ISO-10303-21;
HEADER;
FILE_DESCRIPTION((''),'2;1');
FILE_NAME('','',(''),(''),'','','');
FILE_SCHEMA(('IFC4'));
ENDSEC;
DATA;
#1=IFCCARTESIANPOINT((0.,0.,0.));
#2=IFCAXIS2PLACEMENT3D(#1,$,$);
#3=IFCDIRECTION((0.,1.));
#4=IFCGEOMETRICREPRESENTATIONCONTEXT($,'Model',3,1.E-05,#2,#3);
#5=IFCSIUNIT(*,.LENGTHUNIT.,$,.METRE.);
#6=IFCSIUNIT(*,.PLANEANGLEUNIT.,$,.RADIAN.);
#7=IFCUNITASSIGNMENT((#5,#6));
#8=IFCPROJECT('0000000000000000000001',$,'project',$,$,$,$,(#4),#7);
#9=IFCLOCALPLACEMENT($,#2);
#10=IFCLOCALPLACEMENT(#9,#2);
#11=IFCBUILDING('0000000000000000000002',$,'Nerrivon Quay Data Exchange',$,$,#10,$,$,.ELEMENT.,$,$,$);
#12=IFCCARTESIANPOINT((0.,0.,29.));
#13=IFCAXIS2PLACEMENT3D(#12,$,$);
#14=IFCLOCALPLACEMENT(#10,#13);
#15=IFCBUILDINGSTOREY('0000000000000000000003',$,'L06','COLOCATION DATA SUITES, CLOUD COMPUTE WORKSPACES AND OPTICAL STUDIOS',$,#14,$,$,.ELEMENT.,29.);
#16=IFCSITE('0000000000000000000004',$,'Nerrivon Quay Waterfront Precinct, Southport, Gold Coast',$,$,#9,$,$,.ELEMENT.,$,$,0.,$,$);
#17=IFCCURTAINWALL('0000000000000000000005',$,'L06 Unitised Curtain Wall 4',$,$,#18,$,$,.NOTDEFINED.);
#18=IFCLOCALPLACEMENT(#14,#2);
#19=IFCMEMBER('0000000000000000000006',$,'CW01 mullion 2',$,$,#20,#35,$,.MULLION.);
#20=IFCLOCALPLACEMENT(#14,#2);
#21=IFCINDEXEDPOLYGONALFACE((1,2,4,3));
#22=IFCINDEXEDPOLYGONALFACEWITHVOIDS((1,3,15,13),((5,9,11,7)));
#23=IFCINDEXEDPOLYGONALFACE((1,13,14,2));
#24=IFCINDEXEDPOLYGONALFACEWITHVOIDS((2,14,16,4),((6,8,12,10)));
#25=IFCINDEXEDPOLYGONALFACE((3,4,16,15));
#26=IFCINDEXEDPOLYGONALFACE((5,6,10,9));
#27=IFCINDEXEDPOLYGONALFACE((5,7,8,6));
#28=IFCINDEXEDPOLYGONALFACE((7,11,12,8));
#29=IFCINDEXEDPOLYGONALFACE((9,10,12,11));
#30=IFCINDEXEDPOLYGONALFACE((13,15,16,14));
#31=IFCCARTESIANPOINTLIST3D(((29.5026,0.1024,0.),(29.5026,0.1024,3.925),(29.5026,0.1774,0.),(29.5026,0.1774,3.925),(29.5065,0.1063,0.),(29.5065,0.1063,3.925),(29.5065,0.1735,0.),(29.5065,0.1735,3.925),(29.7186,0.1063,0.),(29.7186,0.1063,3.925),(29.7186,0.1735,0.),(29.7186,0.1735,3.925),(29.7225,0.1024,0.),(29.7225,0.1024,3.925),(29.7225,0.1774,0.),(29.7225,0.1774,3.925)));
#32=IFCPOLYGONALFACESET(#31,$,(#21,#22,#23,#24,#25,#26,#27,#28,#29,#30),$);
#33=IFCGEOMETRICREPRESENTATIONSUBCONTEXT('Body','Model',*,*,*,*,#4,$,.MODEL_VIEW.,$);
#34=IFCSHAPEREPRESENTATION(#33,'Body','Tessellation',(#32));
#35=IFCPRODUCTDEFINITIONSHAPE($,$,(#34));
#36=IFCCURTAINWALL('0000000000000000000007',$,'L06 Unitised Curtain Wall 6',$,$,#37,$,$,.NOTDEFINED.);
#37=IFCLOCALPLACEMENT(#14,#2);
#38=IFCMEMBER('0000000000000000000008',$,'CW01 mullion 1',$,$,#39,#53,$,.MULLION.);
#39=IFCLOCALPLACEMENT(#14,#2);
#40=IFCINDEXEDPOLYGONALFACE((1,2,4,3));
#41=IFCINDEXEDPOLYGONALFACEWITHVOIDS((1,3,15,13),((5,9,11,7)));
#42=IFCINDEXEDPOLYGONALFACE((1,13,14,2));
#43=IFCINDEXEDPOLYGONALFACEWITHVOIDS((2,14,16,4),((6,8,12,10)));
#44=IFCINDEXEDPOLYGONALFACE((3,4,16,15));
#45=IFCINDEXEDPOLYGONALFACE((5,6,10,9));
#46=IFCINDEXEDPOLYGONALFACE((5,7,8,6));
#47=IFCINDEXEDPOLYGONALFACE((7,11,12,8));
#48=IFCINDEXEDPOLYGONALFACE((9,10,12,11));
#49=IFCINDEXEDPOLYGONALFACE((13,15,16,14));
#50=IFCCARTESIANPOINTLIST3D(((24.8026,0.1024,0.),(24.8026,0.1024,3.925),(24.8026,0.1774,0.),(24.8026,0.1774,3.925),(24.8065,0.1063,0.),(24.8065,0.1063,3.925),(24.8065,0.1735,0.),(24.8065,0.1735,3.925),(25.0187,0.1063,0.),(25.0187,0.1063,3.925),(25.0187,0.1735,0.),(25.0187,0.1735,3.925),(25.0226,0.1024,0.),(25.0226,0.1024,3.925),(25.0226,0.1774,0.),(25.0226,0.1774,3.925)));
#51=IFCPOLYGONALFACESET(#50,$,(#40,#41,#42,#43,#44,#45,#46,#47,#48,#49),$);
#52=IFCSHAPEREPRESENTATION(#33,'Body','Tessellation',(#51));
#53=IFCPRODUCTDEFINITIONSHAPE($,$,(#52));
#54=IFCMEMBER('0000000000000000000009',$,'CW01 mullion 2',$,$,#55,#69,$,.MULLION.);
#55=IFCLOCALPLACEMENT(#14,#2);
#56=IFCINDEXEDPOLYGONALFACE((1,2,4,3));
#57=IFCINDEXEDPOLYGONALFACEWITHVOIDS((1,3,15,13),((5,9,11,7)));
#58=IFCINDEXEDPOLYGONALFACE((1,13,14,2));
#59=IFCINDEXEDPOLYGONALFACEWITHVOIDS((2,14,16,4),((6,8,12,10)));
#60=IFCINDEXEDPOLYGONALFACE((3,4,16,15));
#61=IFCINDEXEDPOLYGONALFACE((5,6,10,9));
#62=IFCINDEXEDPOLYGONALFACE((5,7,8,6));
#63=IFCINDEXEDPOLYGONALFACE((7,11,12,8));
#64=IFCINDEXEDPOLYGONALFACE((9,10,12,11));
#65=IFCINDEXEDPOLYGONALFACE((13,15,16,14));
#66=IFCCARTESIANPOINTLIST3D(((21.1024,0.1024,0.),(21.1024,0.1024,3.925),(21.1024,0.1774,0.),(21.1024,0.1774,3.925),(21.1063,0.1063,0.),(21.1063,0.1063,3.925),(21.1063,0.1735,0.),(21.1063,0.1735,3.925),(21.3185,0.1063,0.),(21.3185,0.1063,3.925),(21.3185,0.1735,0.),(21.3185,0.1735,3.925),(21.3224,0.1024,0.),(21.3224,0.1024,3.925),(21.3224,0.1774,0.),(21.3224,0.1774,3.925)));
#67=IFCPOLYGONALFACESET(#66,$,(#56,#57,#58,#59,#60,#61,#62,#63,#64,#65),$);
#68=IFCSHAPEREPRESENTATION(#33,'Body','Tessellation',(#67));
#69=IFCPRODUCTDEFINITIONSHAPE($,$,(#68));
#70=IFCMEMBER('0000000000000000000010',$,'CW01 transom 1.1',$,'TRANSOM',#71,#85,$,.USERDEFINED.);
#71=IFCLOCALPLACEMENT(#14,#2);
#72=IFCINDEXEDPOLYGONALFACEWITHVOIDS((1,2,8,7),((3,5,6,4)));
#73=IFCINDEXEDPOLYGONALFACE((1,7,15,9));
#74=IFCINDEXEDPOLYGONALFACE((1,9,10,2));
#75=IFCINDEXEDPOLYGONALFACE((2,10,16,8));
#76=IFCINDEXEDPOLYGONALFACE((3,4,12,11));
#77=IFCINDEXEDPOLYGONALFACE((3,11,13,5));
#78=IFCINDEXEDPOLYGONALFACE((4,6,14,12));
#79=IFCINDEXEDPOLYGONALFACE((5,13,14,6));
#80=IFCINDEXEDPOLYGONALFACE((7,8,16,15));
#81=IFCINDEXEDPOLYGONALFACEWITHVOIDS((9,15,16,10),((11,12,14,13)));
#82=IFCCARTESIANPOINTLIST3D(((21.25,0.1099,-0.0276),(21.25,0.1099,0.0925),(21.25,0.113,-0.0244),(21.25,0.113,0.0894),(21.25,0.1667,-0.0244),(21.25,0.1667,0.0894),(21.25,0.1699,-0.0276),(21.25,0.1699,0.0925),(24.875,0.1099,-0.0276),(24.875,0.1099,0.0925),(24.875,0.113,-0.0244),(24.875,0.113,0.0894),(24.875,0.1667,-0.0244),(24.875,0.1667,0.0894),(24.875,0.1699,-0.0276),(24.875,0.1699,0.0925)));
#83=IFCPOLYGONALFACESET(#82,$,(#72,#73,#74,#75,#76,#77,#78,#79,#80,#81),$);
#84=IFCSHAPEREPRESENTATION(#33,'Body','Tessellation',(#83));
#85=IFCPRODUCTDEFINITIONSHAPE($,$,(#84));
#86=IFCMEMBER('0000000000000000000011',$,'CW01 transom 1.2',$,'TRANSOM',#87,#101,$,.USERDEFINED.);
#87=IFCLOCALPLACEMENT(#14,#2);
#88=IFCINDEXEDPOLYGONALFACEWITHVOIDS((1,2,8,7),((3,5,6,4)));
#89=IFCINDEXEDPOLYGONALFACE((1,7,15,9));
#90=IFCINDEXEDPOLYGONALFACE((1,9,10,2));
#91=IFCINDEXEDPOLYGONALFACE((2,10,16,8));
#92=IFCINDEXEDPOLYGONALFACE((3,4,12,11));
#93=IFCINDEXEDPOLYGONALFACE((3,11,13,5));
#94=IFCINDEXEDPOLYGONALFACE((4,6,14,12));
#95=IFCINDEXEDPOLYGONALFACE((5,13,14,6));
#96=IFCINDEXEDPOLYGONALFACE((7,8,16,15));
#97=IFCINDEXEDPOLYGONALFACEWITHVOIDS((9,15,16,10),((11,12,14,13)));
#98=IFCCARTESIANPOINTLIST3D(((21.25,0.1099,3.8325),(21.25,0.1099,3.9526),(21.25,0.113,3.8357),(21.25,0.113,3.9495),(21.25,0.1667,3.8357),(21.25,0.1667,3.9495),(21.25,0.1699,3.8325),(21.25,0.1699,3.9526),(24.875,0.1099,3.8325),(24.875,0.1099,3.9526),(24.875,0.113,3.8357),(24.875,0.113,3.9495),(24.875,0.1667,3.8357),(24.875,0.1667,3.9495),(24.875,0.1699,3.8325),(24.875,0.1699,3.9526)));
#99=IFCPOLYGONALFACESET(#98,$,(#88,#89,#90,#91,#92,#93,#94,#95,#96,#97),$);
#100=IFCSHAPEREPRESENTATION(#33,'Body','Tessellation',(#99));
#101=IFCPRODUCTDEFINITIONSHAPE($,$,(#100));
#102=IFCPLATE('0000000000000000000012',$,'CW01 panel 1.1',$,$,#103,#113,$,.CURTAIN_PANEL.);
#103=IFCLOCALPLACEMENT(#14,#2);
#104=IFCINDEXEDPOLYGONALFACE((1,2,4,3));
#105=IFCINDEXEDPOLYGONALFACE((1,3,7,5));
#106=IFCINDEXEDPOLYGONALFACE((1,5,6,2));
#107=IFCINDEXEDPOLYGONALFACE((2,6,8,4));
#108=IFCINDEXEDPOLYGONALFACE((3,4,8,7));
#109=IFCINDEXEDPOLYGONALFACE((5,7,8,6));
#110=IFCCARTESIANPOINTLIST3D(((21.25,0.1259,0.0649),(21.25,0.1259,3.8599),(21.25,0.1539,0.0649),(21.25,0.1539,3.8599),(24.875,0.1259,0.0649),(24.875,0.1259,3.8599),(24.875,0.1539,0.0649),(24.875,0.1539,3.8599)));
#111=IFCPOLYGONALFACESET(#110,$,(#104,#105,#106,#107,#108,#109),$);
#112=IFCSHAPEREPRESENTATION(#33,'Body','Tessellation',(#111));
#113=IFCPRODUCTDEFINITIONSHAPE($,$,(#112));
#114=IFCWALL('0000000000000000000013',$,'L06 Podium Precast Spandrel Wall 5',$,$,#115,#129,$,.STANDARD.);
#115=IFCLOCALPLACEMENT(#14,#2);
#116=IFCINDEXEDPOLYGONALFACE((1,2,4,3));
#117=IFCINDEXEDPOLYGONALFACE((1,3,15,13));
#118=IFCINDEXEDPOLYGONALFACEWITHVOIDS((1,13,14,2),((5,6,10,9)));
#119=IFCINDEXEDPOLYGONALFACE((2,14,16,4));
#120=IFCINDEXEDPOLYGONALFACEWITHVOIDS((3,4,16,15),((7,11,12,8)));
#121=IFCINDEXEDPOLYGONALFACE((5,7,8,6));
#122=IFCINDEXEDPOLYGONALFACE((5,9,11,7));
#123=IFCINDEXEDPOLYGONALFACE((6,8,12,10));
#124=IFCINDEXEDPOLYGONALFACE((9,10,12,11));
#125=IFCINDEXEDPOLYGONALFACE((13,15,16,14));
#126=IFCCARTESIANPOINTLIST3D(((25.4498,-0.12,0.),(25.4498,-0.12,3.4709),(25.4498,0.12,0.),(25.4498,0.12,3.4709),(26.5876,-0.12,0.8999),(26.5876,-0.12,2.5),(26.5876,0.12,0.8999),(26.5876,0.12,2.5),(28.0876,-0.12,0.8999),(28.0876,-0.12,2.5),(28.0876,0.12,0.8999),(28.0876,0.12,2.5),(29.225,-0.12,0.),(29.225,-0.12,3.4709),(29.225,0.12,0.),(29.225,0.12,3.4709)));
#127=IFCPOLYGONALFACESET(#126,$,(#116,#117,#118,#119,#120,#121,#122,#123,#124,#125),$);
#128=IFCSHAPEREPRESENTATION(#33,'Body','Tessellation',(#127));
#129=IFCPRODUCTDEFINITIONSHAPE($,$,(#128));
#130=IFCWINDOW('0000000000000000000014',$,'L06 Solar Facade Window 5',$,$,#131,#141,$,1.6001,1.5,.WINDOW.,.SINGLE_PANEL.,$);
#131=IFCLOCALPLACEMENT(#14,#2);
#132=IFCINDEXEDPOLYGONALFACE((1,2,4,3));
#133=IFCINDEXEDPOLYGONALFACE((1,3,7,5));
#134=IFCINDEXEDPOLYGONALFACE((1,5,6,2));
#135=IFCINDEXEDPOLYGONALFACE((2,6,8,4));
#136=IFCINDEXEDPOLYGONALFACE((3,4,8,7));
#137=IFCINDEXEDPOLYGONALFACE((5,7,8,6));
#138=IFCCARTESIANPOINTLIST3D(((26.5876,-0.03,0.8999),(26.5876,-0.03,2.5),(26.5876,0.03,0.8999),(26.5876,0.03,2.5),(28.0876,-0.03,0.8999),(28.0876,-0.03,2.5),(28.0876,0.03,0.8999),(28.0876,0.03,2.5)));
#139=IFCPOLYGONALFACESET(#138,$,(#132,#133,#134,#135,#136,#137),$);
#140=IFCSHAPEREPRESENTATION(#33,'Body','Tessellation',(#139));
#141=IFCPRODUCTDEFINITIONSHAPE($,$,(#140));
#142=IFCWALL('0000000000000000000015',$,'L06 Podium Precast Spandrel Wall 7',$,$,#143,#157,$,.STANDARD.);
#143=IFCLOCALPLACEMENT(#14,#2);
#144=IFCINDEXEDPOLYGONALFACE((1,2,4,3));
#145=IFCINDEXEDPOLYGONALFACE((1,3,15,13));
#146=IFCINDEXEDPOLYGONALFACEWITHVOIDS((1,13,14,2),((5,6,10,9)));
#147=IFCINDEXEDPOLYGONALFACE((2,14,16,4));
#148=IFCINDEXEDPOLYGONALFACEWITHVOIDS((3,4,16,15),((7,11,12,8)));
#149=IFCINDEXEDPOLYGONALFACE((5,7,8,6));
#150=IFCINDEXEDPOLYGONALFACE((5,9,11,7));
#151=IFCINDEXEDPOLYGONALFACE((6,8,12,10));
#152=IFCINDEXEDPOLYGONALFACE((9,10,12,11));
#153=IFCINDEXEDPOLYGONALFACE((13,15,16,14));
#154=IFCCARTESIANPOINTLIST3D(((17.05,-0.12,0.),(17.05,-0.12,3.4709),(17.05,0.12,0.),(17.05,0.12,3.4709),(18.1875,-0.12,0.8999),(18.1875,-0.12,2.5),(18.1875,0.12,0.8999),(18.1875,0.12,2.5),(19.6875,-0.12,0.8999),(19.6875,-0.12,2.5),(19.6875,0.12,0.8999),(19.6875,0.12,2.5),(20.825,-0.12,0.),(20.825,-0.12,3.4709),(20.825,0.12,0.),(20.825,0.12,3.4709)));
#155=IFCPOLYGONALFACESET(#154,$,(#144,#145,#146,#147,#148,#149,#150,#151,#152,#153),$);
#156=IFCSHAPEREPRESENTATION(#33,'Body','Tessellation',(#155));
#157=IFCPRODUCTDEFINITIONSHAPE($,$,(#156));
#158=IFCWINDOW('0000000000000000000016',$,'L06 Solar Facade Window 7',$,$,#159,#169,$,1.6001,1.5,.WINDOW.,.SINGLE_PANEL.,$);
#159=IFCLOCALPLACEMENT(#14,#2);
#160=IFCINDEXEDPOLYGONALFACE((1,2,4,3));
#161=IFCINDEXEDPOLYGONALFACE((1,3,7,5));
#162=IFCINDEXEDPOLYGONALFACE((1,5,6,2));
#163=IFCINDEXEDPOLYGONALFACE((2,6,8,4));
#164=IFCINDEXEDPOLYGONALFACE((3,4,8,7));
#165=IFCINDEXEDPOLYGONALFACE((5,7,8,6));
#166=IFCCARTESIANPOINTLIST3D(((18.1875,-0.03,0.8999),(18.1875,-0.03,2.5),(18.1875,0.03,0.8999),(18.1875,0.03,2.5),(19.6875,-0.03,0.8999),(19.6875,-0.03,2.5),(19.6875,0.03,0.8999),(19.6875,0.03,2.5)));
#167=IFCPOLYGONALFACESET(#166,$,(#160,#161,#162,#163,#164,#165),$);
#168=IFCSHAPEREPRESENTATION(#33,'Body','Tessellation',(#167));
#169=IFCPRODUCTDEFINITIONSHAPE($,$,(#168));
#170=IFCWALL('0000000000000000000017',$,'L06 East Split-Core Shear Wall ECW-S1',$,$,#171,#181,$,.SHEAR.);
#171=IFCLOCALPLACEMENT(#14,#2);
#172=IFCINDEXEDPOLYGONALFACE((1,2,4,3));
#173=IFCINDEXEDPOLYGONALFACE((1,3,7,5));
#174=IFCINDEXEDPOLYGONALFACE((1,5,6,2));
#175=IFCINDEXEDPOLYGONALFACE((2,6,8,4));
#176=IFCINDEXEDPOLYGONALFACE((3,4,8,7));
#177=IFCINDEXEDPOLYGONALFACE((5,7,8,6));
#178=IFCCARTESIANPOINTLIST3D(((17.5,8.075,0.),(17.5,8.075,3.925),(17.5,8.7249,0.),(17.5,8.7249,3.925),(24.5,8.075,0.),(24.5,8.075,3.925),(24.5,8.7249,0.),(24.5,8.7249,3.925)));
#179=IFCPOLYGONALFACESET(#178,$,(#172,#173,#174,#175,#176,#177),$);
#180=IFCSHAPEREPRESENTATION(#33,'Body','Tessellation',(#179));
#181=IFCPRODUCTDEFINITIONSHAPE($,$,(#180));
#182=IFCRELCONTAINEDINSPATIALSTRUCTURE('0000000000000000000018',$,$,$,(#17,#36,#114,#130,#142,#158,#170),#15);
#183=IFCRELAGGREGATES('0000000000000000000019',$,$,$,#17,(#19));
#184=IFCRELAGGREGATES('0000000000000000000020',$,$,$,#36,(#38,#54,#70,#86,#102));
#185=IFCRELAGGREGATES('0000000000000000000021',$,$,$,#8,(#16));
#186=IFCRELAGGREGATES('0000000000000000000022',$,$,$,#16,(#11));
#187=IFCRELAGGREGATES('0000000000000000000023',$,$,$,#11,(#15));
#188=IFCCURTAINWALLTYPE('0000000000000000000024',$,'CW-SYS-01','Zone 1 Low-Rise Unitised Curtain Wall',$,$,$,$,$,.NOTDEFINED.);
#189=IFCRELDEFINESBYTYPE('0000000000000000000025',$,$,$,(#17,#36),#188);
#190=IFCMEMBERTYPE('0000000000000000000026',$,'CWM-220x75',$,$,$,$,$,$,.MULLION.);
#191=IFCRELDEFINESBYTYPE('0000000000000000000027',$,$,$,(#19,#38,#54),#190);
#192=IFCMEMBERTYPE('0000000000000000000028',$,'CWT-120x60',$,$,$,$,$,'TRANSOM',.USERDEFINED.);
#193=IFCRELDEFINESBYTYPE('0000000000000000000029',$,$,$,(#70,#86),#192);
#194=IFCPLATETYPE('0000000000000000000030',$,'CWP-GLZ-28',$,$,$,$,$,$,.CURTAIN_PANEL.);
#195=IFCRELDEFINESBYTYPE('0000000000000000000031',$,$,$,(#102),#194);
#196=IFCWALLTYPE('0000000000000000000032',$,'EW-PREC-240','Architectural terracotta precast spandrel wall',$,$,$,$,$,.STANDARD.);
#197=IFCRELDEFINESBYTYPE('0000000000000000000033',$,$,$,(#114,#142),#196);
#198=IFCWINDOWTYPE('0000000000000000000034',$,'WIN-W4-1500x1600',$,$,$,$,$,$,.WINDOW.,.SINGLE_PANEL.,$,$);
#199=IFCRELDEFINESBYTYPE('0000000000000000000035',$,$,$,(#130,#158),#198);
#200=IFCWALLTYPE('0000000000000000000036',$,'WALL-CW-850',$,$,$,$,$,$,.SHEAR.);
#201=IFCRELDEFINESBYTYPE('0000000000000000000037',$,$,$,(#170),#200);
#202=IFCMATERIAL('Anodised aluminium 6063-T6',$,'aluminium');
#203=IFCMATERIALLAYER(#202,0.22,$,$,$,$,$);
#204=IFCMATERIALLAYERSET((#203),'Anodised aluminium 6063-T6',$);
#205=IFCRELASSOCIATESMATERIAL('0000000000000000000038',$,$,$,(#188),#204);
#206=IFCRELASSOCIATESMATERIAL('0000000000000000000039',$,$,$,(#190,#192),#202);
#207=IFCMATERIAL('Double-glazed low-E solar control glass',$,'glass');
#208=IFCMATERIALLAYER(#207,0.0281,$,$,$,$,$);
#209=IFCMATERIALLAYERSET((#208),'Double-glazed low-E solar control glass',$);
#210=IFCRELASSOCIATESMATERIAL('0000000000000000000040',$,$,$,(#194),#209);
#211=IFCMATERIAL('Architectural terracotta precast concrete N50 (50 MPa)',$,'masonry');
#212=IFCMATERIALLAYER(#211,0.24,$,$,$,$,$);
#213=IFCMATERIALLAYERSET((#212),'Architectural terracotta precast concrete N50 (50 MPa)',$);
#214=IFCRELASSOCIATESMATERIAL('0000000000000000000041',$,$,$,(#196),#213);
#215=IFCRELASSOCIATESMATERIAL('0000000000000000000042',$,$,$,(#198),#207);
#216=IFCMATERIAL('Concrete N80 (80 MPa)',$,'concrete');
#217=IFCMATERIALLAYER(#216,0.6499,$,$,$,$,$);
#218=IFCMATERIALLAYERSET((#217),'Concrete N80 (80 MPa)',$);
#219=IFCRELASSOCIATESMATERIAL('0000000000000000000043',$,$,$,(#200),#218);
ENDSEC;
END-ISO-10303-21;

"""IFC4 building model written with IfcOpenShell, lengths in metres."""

from ifc_helpers import new_model, si_unit, direction, frame, frame_2d, origin, origin_2d, place, context, subcontext, project, spatial, rectangle, hollow_rectangle, extrude, material, layer, layer_set, material_profile, profile_set, type_object, element, fill, aggregate, save


model = new_model("IFC4")

# Units and contexts
model_context = context("Model", 3, precision=1e-05, world=origin(), true_north=direction((0.0, 1.0)))
body_context = subcontext(model_context, "Body", "Model", "MODEL_VIEW")
ifc_project = project(units=[si_unit("LENGTHUNIT", "METRE"), si_unit("PLANEANGLEUNIT", "RADIAN")], contexts=[model_context])

# Site, building, storey
site_placement = place(None, origin())
site = spatial("IfcSite", under=ifc_project, at=site_placement, Name="Nerrivon Quay Waterfront Precinct, Southport, Gold Coast", CompositionType="ELEMENT", RefElevation=0.0)
building_placement = place(site_placement, origin())
building = spatial("IfcBuilding", under=site, at=building_placement, Name="Nerrivon Quay Data Exchange", CompositionType="ELEMENT")
storey_placement = place(building_placement, frame((0.0, 0.0, 29.0)))
storey = spatial("IfcBuildingStorey", under=building, at=storey_placement, Name="L06", Description="COLOCATION DATA SUITES, CLOUD COMPUTE WORKSPACES AND OPTICAL STUDIOS", CompositionType="ELEMENT", Elevation=29.0)

# Shared definitions
ifc_material_1 = material(Name="Concrete N80 (80 MPa)", Category="concrete")

# Curtain wall, member
ifc_material_2 = material(Name="Anodised aluminium 6063-T6", Category="aluminium")
ifc_layer_1 = layer(ifc_material_2, 0.22)
ifc_layer_set_1 = layer_set([ifc_layer_1], Name="Anodised aluminium 6063-T6")
curtain_wall_type = type_object("IfcCurtainWallType", Name="CW-SYS-01", Description="Zone 1 Low-Rise Unitised Curtain Wall", PredefinedType="NOTDEFINED", material=ifc_layer_set_1)
curtain_wall_1_placement = place(storey_placement, origin())
curtain_wall_1 = element("IfcCurtainWall", 1, at=curtain_wall_1_placement, inside=storey, type_object=curtain_wall_type, Name="L06 Unitised Curtain Wall 4", PredefinedType="NOTDEFINED")
ifc_material_profile_1 = material_profile(ifc_material_2, hollow_rectangle(XDim=0.075, YDim=0.22, WallThickness=0.0039, at=origin_2d()), Name="ALU-MULL-220x75")
ifc_profile_set_1 = profile_set([ifc_material_profile_1], Name="Anodised aluminium 6063-T6")
member_type_1 = type_object("IfcMemberType", Name="CWM-220x75", PredefinedType="MULLION", material=ifc_profile_set_1)
member_1_placement = place(storey_placement, frame((29.6125, 0.1399, 0.0), z_axis=(0.0, 0.0, 1.0), x_axis=(0.0, -1.0, 0.0)))
member_1 = element("IfcMember", 2, at=member_1_placement, type_object=member_type_1, Name="CW01 mullion 2", PredefinedType="MULLION", context=body_context, shape_type="SweptSolid", body=[
    extrude(hollow_rectangle(XDim=0.075, YDim=0.22, WallThickness=0.0039, at=origin_2d()), origin(), (0.0, 0.0, 1.0), 3.925),
])
aggregate(curtain_wall_1, [member_1])

# Curtain wall, members, plate
curtain_wall_2_placement = place(storey_placement, origin())
curtain_wall_2 = element("IfcCurtainWall", 3, at=curtain_wall_2_placement, inside=storey, type_object=curtain_wall_type, Name="L06 Unitised Curtain Wall 6", PredefinedType="NOTDEFINED")
member_2_placement = place(storey_placement, frame((24.9126, 0.1399, 0.0), z_axis=(0.0, 0.0, 1.0), x_axis=(0.0, -1.0, 0.0)))
member_2 = element("IfcMember", 4, at=member_2_placement, type_object=member_type_1, Name="CW01 mullion 1", PredefinedType="MULLION", context=body_context, shape_type="SweptSolid", body=[
    extrude(hollow_rectangle(XDim=0.075, YDim=0.22, WallThickness=0.0039, at=origin_2d()), origin(), (0.0, 0.0, 1.0), 3.925),
])
member_3_placement = place(storey_placement, frame((21.2124, 0.1399, 0.0), z_axis=(0.0, 0.0, 1.0), x_axis=(0.0, -1.0, 0.0)))
member_3 = element("IfcMember", 5, at=member_3_placement, type_object=member_type_1, Name="CW01 mullion 2", PredefinedType="MULLION", context=body_context, shape_type="SweptSolid", body=[
    extrude(hollow_rectangle(XDim=0.075, YDim=0.22, WallThickness=0.0039, at=origin_2d()), origin(), (0.0, 0.0, 1.0), 3.925),
])
ifc_material_profile_2 = material_profile(ifc_material_2, hollow_rectangle(XDim=0.0601, YDim=0.1201, WallThickness=0.0032, at=origin_2d()), Name="ALU-TRAN-120x60")
ifc_profile_set_2 = profile_set([ifc_material_profile_2], Name="Anodised aluminium 6063-T6")
member_type_2 = type_object("IfcMemberType", Name="CWT-120x60", ElementType="TRANSOM", PredefinedType="USERDEFINED", material=ifc_profile_set_2)
member_4_placement = place(storey_placement, frame((24.875, 0.1399, 0.0325), z_axis=(-1.0, 0.0, 0.0), x_axis=(0.0, -1.0, 0.0)))
member_4 = element("IfcMember", 6, at=member_4_placement, type_object=member_type_2, Name="CW01 transom 1.1", ObjectType="TRANSOM", PredefinedType="USERDEFINED", context=body_context, shape_type="SweptSolid", body=[
    extrude(hollow_rectangle(XDim=0.0601, YDim=0.1201, WallThickness=0.0032, at=origin_2d()), origin(), (0.0, 0.0, 1.0), 3.625),
])
member_5_placement = place(storey_placement, frame((24.875, 0.1399, 3.8926), z_axis=(-1.0, 0.0, 0.0), x_axis=(0.0, -1.0, 0.0)))
member_5 = element("IfcMember", 7, at=member_5_placement, type_object=member_type_2, Name="CW01 transom 1.2", ObjectType="TRANSOM", PredefinedType="USERDEFINED", context=body_context, shape_type="SweptSolid", body=[
    extrude(hollow_rectangle(XDim=0.0601, YDim=0.1201, WallThickness=0.0032, at=origin_2d()), origin(), (0.0, 0.0, 1.0), 3.625),
])
ifc_material_3 = material(Name="Double-glazed low-E solar control glass", Category="glass")
ifc_layer_2 = layer(ifc_material_3, 0.0281)
ifc_layer_set_2 = layer_set([ifc_layer_2], Name="Double-glazed low-E solar control glass")
plate_type = type_object("IfcPlateType", Name="CWP-GLZ-28", PredefinedType="CURTAIN_PANEL", material=ifc_layer_set_2)
plate_placement = place(storey_placement, frame((23.0625, 0.1399, 0.0649), z_axis=(0.0, 0.0, 1.0), x_axis=(-1.0, 0.0, 0.0)))
plate = element("IfcPlate", 8, at=plate_placement, type_object=plate_type, Name="CW01 panel 1.1", PredefinedType="CURTAIN_PANEL", context=body_context, shape_type="SweptSolid", body=[
    extrude(rectangle(XDim=3.625, YDim=0.0281, at=origin_2d()), origin(), (0.0, 0.0, 1.0), 3.7949),
])
aggregate(curtain_wall_2, [member_2, member_3, member_4, member_5, plate])

# Walls, openings, windows
ifc_material_4 = material(Name="Architectural terracotta precast concrete N50 (50 MPa)", Category="masonry")
ifc_layer_3 = layer(ifc_material_4, 0.24)
ifc_layer_set_3 = layer_set([ifc_layer_3], Name="Architectural terracotta precast concrete N50 (50 MPa)")
wall_type_1 = type_object("IfcWallType", Name="EW-PREC-240", Description="Architectural terracotta precast spandrel wall", PredefinedType="STANDARD", material=ifc_layer_set_3)
wall_1_placement = place(storey_placement, frame((29.2251, 0.0, 0.0), z_axis=(0.0, 0.0, 1.0), x_axis=(-1.0, 0.0, 0.0)))
wall_1 = element("IfcWall", 9, at=wall_1_placement, inside=storey, type_object=wall_type_1, Name="L06 Podium Precast Spandrel Wall 5", PredefinedType="STANDARD", context=body_context, shape_type="SweptSolid", body=[
    extrude(rectangle(XDim=3.7751, YDim=0.24, at=frame_2d((1.8877, 0.0))), origin(), (0.0, 0.0, 1.0), 3.4709),
])
opening_1_placement = place(wall_1_placement, frame((1.1375, 0.0, 0.8999)))
opening_1 = element("IfcOpeningElement", 10, at=opening_1_placement, cuts=wall_1, PredefinedType="OPENING", context=body_context, shape_type="SweptSolid", body=[
    extrude(rectangle(XDim=1.5, YDim=1.6001, at=frame_2d((0.75, 0.8))), frame((0.0, 0.1299, 0.0), z_axis=(0.0, -1.0, 0.0), x_axis=(1.0, 0.0, 0.0)), (0.0, 0.0, 1.0), 0.26),
])
window_type = type_object("IfcWindowType", Name="WIN-W4-1500x1600", PartitioningType="SINGLE_PANEL", PredefinedType="WINDOW", material=ifc_material_3)
window_1_placement = place(opening_1_placement, origin())
window_1 = element("IfcWindow", 11, at=window_1_placement, inside=storey, type_object=window_type, Name="L06 Solar Facade Window 5", OverallHeight=1.6001, OverallWidth=1.5, PartitioningType="SINGLE_PANEL", PredefinedType="WINDOW", context=body_context, shape_type="SweptSolid", body=[
    extrude(rectangle(XDim=1.5, YDim=1.6001, at=frame_2d((0.75, 0.8))), frame((0.0, 0.03, 0.0), z_axis=(0.0, -1.0, 0.0), x_axis=(1.0, 0.0, 0.0)), (0.0, 0.0, 1.0), 0.0601),
])
fill(opening_1, window_1)
wall_2_placement = place(storey_placement, frame((20.825, 0.0, 0.0), z_axis=(0.0, 0.0, 1.0), x_axis=(-1.0, 0.0, 0.0)))
wall_2 = element("IfcWall", 12, at=wall_2_placement, inside=storey, type_object=wall_type_1, Name="L06 Podium Precast Spandrel Wall 7", PredefinedType="STANDARD", context=body_context, shape_type="SweptSolid", body=[
    extrude(rectangle(XDim=3.7749, YDim=0.24, at=frame_2d((1.8875, 0.0))), origin(), (0.0, 0.0, 1.0), 3.4709),
])
opening_2_placement = place(wall_2_placement, frame((1.1375, 0.0, 0.8999)))
opening_2 = element("IfcOpeningElement", 13, at=opening_2_placement, cuts=wall_2, PredefinedType="OPENING", context=body_context, shape_type="SweptSolid", body=[
    extrude(rectangle(XDim=1.5, YDim=1.6001, at=frame_2d((0.75, 0.8))), frame((0.0, 0.1299, 0.0), z_axis=(0.0, -1.0, 0.0), x_axis=(1.0, 0.0, 0.0)), (0.0, 0.0, 1.0), 0.26),
])
window_2_placement = place(opening_2_placement, origin())
window_2 = element("IfcWindow", 14, at=window_2_placement, inside=storey, type_object=window_type, Name="L06 Solar Facade Window 7", OverallHeight=1.6001, OverallWidth=1.5, PartitioningType="SINGLE_PANEL", PredefinedType="WINDOW", context=body_context, shape_type="SweptSolid", body=[
    extrude(rectangle(XDim=1.5, YDim=1.6001, at=frame_2d((0.75, 0.8))), frame((0.0, 0.03, 0.0), z_axis=(0.0, -1.0, 0.0), x_axis=(1.0, 0.0, 0.0)), (0.0, 0.0, 1.0), 0.0601),
])
fill(opening_2, window_2)

# Wall
ifc_layer_4 = layer(ifc_material_1, 0.6499)
ifc_layer_set_4 = layer_set([ifc_layer_4], Name="Concrete N80 (80 MPa)")
wall_type_2 = type_object("IfcWallType", Name="WALL-CW-850", PredefinedType="SHEAR", material=ifc_layer_set_4)
for number, where, z_axis, x_axis, name in (
    (15, (17.5, 8.3999, 0.0), (0.0, 0.0, 1.0), (1.0, 0.0, 0.0), "L06 East Split-Core Shear Wall ECW-S1"),
):
    element("IfcWall", number, at=place(storey_placement, frame(where, z_axis=z_axis, x_axis=x_axis)), inside=storey, type_object=wall_type_2, Name=name, PredefinedType="SHEAR", context=body_context, shape_type="SweptSolid", body=[
        extrude(rectangle(XDim=7.0, YDim=0.6499, at=frame_2d((3.5, 0.0))), origin(), (0.0, 0.0, 1.0), 3.925),
    ])

save(model, "model.ifc")
